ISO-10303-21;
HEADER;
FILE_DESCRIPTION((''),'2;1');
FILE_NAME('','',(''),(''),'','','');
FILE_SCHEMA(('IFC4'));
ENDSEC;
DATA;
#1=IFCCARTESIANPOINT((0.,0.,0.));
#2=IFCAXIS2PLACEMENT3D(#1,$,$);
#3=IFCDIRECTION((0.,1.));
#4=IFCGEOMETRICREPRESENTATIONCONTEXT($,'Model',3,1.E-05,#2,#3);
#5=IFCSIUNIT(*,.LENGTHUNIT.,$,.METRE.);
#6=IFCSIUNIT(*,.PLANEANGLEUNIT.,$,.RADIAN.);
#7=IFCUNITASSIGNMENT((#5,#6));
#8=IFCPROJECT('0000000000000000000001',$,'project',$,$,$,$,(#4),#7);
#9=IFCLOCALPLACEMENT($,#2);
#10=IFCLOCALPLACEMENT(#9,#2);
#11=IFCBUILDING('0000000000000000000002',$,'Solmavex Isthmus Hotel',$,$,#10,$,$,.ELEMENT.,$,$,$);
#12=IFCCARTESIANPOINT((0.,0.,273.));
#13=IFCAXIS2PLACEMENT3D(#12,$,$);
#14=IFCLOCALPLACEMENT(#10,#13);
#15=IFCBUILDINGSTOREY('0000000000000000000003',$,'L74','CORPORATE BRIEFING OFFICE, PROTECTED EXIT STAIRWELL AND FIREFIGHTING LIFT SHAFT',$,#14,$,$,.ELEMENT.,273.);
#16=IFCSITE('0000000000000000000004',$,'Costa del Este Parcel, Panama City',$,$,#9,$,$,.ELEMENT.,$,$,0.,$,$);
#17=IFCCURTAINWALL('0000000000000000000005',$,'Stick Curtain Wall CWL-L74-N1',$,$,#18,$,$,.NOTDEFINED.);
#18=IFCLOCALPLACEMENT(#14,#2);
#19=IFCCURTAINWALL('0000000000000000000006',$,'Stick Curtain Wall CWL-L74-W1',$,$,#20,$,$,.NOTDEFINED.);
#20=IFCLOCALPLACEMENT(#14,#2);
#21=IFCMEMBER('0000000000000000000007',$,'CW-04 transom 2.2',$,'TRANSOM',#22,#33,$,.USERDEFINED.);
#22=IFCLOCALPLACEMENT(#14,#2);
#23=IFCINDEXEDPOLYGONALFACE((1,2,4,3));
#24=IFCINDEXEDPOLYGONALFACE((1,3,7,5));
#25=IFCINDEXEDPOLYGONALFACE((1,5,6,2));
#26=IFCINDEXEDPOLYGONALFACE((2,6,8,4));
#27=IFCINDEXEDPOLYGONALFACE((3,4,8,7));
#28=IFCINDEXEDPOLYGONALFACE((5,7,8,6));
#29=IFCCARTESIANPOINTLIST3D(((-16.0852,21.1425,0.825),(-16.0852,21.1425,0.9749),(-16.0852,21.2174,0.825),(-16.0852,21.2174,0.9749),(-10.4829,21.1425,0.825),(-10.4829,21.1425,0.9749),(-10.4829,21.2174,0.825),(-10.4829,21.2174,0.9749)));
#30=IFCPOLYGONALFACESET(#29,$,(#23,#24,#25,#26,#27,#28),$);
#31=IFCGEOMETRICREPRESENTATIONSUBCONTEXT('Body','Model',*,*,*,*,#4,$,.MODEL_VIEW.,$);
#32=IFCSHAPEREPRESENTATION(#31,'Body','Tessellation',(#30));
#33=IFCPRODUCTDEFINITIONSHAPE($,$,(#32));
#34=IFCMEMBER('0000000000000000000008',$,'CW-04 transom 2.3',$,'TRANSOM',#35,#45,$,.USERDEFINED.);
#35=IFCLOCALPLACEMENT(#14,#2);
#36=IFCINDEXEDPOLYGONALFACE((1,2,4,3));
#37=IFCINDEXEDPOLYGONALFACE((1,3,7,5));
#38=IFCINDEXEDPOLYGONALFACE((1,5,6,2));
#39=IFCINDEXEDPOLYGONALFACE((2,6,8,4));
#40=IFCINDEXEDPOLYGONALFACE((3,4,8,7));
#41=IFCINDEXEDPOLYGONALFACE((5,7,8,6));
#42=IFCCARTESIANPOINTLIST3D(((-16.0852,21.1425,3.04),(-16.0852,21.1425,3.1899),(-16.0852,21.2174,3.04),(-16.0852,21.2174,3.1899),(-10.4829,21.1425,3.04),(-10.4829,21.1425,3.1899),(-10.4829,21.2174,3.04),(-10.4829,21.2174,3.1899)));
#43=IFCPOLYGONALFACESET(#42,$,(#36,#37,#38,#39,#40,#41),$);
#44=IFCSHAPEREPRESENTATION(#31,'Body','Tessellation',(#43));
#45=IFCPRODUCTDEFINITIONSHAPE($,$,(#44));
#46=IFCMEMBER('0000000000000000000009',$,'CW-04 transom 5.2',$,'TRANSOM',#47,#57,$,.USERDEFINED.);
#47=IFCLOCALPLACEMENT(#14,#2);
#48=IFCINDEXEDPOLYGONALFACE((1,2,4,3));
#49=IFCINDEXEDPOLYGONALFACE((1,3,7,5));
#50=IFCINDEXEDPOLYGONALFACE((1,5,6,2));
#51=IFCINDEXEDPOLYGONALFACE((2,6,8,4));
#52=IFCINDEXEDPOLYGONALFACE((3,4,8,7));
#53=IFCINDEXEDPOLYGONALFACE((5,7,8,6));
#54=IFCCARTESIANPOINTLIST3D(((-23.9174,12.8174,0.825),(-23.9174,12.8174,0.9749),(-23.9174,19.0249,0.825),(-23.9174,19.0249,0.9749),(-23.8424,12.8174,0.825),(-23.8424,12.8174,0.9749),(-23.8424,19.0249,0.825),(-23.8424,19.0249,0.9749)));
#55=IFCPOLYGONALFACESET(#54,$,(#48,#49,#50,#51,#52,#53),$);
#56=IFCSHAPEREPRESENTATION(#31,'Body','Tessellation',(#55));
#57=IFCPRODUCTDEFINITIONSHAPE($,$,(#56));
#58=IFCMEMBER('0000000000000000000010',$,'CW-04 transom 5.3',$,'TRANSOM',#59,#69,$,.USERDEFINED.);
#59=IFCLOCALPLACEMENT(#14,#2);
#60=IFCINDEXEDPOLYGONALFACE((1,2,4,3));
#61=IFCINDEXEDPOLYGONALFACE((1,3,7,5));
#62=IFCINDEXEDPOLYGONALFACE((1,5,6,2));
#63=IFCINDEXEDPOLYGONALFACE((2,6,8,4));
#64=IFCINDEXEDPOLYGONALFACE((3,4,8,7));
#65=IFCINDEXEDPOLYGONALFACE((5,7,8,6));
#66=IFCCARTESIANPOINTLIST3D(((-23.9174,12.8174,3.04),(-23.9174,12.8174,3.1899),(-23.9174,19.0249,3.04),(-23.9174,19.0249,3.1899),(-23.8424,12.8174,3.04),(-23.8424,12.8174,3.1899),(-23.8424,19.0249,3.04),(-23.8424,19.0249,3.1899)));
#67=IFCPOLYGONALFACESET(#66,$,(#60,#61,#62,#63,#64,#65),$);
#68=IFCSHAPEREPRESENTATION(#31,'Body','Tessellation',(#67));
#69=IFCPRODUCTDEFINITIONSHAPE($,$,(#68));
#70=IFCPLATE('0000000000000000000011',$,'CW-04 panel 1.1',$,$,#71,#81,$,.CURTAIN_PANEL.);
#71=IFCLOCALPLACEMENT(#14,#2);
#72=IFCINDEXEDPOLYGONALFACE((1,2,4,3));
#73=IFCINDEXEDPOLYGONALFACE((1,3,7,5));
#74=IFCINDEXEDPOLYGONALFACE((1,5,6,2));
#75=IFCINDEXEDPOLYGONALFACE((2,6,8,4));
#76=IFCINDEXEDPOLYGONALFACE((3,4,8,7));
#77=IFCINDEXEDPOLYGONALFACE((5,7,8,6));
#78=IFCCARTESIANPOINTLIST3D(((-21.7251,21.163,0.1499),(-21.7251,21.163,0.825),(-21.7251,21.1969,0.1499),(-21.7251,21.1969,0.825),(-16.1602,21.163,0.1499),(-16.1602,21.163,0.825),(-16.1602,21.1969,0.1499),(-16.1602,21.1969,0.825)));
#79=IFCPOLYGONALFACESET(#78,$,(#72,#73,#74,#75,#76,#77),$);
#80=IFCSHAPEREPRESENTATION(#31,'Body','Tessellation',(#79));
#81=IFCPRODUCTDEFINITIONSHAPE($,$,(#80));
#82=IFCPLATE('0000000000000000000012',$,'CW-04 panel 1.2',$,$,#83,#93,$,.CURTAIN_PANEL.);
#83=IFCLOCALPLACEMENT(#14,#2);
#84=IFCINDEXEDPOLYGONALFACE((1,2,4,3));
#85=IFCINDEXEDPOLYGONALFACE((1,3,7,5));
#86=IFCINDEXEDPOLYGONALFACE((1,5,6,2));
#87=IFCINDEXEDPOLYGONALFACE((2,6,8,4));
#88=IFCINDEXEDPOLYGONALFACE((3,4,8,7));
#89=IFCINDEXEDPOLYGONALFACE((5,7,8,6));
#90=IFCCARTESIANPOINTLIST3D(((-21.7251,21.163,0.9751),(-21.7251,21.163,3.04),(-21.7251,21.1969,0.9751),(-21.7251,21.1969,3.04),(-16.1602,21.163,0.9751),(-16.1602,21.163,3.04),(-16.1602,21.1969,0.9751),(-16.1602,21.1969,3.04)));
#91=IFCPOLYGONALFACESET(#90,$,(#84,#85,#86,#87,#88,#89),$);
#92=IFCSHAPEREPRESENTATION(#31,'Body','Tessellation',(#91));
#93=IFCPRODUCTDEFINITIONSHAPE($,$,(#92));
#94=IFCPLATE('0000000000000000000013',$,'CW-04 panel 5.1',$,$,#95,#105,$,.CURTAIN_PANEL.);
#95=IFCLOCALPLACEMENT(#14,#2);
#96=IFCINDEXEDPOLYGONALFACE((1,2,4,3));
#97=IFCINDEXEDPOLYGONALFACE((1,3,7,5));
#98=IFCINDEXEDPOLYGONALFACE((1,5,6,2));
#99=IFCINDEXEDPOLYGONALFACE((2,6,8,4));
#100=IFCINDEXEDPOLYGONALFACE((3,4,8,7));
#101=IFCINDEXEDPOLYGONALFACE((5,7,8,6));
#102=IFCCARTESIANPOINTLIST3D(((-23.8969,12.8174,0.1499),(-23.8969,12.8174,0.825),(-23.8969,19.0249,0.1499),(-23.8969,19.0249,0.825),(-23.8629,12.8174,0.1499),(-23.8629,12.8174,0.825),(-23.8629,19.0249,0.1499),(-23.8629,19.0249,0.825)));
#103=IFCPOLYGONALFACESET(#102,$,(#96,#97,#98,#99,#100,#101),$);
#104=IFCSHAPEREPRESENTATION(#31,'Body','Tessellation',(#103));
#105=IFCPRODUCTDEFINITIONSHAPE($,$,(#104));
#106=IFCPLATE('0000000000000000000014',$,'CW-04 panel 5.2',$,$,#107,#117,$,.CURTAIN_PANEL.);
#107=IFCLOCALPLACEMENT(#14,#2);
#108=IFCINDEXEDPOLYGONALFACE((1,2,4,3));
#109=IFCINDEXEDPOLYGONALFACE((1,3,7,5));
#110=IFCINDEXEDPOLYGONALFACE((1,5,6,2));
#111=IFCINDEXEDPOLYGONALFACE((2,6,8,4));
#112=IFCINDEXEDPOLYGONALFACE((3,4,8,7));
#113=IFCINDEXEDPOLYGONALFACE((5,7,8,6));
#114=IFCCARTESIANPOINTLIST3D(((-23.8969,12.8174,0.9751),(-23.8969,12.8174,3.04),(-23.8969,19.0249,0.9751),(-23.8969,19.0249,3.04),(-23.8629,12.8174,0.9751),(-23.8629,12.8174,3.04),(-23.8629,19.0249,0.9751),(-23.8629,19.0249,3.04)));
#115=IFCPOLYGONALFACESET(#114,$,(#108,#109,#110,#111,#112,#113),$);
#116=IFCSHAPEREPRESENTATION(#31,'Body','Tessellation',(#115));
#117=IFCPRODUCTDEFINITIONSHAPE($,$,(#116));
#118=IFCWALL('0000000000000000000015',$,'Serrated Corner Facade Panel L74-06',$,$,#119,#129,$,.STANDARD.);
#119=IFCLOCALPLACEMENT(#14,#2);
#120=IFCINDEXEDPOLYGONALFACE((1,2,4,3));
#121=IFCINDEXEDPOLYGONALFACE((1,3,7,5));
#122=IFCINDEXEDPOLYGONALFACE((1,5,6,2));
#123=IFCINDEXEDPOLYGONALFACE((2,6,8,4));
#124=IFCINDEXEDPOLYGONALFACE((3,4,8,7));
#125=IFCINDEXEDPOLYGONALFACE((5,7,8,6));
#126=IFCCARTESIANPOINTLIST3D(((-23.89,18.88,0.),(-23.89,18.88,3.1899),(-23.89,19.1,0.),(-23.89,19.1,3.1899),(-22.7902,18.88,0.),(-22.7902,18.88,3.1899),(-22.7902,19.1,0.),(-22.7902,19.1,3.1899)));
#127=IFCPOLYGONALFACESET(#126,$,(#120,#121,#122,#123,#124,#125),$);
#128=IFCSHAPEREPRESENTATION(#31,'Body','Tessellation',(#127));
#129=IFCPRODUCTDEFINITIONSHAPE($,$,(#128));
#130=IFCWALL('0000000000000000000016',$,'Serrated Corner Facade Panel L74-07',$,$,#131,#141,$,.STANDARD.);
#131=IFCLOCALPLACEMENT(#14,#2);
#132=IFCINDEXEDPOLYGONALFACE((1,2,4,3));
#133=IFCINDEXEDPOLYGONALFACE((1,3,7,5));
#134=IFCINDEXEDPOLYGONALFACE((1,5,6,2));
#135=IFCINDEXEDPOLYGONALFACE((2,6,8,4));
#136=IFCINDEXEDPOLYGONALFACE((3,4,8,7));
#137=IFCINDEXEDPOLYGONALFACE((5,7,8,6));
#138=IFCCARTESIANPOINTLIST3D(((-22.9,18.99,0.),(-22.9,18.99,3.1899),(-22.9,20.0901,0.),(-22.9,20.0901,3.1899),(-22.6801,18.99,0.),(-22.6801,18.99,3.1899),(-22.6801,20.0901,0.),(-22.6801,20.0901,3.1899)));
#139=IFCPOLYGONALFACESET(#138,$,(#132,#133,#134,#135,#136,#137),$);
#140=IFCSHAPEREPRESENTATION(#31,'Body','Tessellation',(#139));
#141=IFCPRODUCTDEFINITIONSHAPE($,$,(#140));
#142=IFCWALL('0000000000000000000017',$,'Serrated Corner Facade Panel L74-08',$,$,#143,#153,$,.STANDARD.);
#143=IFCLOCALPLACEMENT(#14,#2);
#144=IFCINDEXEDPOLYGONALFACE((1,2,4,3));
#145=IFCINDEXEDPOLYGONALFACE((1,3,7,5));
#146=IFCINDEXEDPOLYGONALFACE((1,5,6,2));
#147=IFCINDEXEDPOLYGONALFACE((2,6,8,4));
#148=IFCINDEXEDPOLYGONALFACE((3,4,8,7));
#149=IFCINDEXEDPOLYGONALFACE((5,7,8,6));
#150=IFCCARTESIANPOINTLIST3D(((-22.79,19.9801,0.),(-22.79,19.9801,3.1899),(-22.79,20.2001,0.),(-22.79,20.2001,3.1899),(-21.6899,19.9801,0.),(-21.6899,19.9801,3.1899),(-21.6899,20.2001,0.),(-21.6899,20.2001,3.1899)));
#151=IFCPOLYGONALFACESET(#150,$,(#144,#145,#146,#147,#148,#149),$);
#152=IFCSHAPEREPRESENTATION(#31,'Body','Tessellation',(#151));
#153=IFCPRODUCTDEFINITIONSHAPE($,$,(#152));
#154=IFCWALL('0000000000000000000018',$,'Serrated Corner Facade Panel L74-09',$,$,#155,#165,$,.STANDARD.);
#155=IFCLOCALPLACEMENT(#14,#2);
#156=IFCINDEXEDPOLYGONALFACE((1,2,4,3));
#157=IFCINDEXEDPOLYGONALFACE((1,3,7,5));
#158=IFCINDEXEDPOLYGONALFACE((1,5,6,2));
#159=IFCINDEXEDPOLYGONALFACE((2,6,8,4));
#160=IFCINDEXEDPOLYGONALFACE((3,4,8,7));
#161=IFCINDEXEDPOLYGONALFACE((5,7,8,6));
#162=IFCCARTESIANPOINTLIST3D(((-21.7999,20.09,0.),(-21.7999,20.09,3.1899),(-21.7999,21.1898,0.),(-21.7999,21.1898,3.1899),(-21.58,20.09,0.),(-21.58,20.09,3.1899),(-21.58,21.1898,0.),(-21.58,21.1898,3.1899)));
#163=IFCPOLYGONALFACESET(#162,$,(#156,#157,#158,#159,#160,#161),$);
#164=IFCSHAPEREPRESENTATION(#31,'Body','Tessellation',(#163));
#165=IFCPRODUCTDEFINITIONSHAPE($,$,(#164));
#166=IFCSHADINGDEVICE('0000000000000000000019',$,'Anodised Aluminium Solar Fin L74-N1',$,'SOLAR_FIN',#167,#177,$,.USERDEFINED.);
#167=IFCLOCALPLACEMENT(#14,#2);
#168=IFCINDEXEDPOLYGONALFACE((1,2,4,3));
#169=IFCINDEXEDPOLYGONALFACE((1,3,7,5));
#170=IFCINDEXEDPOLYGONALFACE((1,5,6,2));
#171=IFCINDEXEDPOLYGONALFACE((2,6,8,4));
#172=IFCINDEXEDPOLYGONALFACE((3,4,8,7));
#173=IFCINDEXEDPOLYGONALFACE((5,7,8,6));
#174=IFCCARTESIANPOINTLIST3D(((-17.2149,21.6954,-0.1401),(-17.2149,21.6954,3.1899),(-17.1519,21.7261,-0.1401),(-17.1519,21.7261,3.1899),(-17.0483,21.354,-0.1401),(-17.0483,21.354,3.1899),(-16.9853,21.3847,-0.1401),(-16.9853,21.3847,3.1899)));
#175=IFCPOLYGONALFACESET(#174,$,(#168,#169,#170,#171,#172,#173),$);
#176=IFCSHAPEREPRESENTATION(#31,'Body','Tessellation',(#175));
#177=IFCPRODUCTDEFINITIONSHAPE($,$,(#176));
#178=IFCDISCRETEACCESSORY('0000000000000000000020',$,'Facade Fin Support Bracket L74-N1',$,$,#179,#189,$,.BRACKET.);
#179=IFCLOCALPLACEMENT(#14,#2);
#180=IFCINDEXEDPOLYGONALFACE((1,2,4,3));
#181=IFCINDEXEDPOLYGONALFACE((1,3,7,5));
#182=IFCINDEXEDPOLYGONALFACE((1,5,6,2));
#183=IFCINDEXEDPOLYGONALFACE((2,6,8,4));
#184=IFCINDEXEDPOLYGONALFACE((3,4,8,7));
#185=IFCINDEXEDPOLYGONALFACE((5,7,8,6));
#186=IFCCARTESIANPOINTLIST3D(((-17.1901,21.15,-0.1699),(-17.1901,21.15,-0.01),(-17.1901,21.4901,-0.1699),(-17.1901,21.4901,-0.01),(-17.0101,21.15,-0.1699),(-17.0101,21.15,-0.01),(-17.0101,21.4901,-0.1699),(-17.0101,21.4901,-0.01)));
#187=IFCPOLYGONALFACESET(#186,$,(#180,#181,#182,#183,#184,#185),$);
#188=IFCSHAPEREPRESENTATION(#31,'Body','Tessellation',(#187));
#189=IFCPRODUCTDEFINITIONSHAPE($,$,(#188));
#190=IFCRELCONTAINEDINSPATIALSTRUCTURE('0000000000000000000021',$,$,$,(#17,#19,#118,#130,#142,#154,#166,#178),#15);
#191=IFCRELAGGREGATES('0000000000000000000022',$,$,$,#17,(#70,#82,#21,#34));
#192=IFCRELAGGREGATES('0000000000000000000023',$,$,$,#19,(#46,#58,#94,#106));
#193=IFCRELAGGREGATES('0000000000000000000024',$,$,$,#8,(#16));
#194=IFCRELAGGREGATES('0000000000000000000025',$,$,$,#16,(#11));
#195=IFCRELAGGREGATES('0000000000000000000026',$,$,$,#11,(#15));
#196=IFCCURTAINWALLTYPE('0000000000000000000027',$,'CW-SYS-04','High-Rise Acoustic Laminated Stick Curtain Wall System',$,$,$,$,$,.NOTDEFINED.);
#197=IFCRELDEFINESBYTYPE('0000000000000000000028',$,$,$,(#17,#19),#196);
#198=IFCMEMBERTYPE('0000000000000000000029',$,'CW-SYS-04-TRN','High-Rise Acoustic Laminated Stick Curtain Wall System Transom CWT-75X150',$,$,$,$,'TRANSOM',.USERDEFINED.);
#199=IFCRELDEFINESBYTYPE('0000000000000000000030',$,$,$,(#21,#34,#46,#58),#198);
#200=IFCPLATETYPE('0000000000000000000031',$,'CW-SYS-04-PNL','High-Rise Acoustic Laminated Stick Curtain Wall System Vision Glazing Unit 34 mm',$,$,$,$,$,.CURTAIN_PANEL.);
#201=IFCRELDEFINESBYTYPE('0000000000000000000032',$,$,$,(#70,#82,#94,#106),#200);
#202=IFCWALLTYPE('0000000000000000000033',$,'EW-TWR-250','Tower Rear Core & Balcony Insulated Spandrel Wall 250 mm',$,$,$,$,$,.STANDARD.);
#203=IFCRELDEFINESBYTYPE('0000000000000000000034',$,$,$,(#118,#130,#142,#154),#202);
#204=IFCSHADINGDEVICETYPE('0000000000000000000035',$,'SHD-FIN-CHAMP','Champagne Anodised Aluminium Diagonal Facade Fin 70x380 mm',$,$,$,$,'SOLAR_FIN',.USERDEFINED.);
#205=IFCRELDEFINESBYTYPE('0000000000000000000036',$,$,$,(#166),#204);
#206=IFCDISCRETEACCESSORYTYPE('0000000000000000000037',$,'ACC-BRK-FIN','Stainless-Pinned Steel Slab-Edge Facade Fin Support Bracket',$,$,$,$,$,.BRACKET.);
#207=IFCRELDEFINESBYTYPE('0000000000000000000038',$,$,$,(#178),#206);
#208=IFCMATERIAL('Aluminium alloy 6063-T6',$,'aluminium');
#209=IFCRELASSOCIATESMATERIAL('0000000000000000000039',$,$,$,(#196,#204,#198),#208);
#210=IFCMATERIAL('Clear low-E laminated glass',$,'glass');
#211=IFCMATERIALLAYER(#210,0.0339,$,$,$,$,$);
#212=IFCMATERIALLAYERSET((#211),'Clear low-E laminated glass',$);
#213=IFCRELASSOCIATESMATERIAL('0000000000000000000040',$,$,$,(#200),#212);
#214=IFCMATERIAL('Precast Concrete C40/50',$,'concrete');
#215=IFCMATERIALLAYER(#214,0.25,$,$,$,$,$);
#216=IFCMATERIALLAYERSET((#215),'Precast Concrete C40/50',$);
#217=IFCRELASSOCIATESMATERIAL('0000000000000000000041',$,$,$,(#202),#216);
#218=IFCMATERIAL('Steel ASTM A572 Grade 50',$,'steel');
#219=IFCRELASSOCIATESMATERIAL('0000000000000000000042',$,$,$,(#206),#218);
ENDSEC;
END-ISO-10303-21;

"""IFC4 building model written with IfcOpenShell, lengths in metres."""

from ifc_helpers import new_model, si_unit, direction, frame, frame_2d, origin, origin_2d, place, context, subcontext, project, spatial, rectangle, extrude, material, layer, layer_set, material_profile, profile_set, type_object, element, aggregate, save


model = new_model("IFC4")

# Units and contexts
model_context = context("Model", 3, precision=1e-05, world=origin(), true_north=direction((0.0, 1.0)))
body_context = subcontext(model_context, "Body", "Model", "MODEL_VIEW")
ifc_project = project(units=[si_unit("LENGTHUNIT", "METRE"), si_unit("PLANEANGLEUNIT", "RADIAN")], contexts=[model_context])

# Site, building, storey
site_placement = place(None, origin())
site = spatial("IfcSite", under=ifc_project, at=site_placement, Name="Costa del Este Parcel, Panama City", CompositionType="ELEMENT", RefElevation=0.0)
building_placement = place(site_placement, origin())
building = spatial("IfcBuilding", under=site, at=building_placement, Name="Solmavex Isthmus Hotel", CompositionType="ELEMENT")
storey_placement = place(building_placement, frame((0.0, 0.0, 273.0)))
storey = spatial("IfcBuildingStorey", under=building, at=storey_placement, Name="L74", Description="CORPORATE BRIEFING OFFICE, PROTECTED EXIT STAIRWELL AND FIREFIGHTING LIFT SHAFT", CompositionType="ELEMENT", Elevation=273.0)

# Curtain wall
ifc_material_1 = material(Name="Aluminium alloy 6063-T6", Category="aluminium")
curtain_wall_type = type_object("IfcCurtainWallType", Name="CW-SYS-04", Description="High-Rise Acoustic Laminated Stick Curtain Wall System", PredefinedType="NOTDEFINED", material=ifc_material_1)
curtain_wall_1_placement = place(storey_placement, origin())
curtain_wall_1 = element("IfcCurtainWall", 1, at=curtain_wall_1_placement, inside=storey, type_object=curtain_wall_type, Name="Stick Curtain Wall CWL-L74-N1", PredefinedType="NOTDEFINED")

# Curtain wall
curtain_wall_2_placement = place(storey_placement, origin())
curtain_wall_2 = element("IfcCurtainWall", 2, at=curtain_wall_2_placement, inside=storey, type_object=curtain_wall_type, Name="Stick Curtain Wall CWL-L74-W1", PredefinedType="NOTDEFINED")

# Members
ifc_material_profile_1 = material_profile(ifc_material_1, rectangle(XDim=0.075, YDim=0.1499, at=origin_2d()), Name="CWT-75X150")
ifc_profile_set_1 = profile_set([ifc_material_profile_1], Name="Aluminium alloy 6063-T6")
member_type_1 = type_object("IfcMemberType", Name="CW-SYS-04-TRN", Description="High-Rise Acoustic Laminated Stick Curtain Wall System Transom CWT-75X150", ElementType="TRANSOM", PredefinedType="USERDEFINED", material=ifc_profile_set_1)
member_1_placement = place(storey_placement, frame((-16.0852, 21.1799, 0.8999), z_axis=(1.0, 0.0, 0.0), x_axis=(0.0, 1.0, 0.0)))
member_1 = element("IfcMember", 3, at=member_1_placement, type_object=member_type_1, Name="CW-04 transom 2.2", ObjectType="TRANSOM", PredefinedType="USERDEFINED", context=body_context, shape_type="SweptSolid", body=[
    extrude(rectangle(XDim=0.075, YDim=0.1499, at=origin_2d()), origin(), (0.0, 0.0, 1.0), 5.6023),
])
member_2_placement = place(storey_placement, frame((-16.0852, 21.1799, 3.115), z_axis=(1.0, 0.0, 0.0), x_axis=(0.0, 1.0, 0.0)))
member_2 = element("IfcMember", 4, at=member_2_placement, type_object=member_type_1, Name="CW-04 transom 2.3", ObjectType="TRANSOM", PredefinedType="USERDEFINED", context=body_context, shape_type="SweptSolid", body=[
    extrude(rectangle(XDim=0.075, YDim=0.1499, at=origin_2d()), origin(), (0.0, 0.0, 1.0), 5.6023),
])
member_3_placement = place(storey_placement, frame((-23.8799, 12.8174, 0.8999), z_axis=(0.0, 1.0, 0.0), x_axis=(-1.0, 0.0, 0.0)))
member_3 = element("IfcMember", 5, at=member_3_placement, type_object=member_type_1, Name="CW-04 transom 5.2", ObjectType="TRANSOM", PredefinedType="USERDEFINED", context=body_context, shape_type="SweptSolid", body=[
    extrude(rectangle(XDim=0.075, YDim=0.1499, at=origin_2d()), origin(), (0.0, 0.0, 1.0), 6.2075),
])
member_4_placement = place(storey_placement, frame((-23.8799, 12.8174, 3.115), z_axis=(0.0, 1.0, 0.0), x_axis=(-1.0, 0.0, 0.0)))
member_4 = element("IfcMember", 6, at=member_4_placement, type_object=member_type_1, Name="CW-04 transom 5.3", ObjectType="TRANSOM", PredefinedType="USERDEFINED", context=body_context, shape_type="SweptSolid", body=[
    extrude(rectangle(XDim=0.075, YDim=0.1499, at=origin_2d()), origin(), (0.0, 0.0, 1.0), 6.2075),
])

# Plates
ifc_material_2 = material(Name="Clear low-E laminated glass", Category="glass")
ifc_layer_1 = layer(ifc_material_2, 0.0339)
ifc_layer_set_1 = layer_set([ifc_layer_1], Name="Clear low-E laminated glass")
plate_type = type_object("IfcPlateType", Name="CW-SYS-04-PNL", Description="High-Rise Acoustic Laminated Stick Curtain Wall System Vision Glazing Unit 34 mm", PredefinedType="CURTAIN_PANEL", material=ifc_layer_set_1)
plate_1_placement = place(storey_placement, frame((-18.9426, 21.1799, 0.1499), z_axis=(0.0, 0.0, 1.0), x_axis=(1.0, 0.0, 0.0)))
plate_1 = element("IfcPlate", 7, at=plate_1_placement, type_object=plate_type, Name="CW-04 panel 1.1", PredefinedType="CURTAIN_PANEL", context=body_context, shape_type="SweptSolid", body=[
    extrude(rectangle(XDim=5.5649, YDim=0.0339, at=origin_2d()), origin(), (0.0, 0.0, 1.0), 0.675),
])
plate_2_placement = place(storey_placement, frame((-18.9426, 21.1799, 0.9751), z_axis=(0.0, 0.0, 1.0), x_axis=(1.0, 0.0, 0.0)))
plate_2 = element("IfcPlate", 8, at=plate_2_placement, type_object=plate_type, Name="CW-04 panel 1.2", PredefinedType="CURTAIN_PANEL", context=body_context, shape_type="SweptSolid", body=[
    extrude(rectangle(XDim=5.5649, YDim=0.0339, at=origin_2d()), origin(), (0.0, 0.0, 1.0), 2.0649),
])
aggregate(curtain_wall_1, [plate_1, plate_2, member_1, member_2])
plate_3_placement = place(storey_placement, frame((-23.8799, 15.9211, 0.1499), z_axis=(0.0, 0.0, 1.0), x_axis=(0.0, 1.0, 0.0)))
plate_3 = element("IfcPlate", 9, at=plate_3_placement, type_object=plate_type, Name="CW-04 panel 5.1", PredefinedType="CURTAIN_PANEL", context=body_context, shape_type="SweptSolid", body=[
    extrude(rectangle(XDim=6.2075, YDim=0.0339, at=origin_2d()), origin(), (0.0, 0.0, 1.0), 0.675),
])
plate_4_placement = place(storey_placement, frame((-23.8799, 15.9211, 0.9751), z_axis=(0.0, 0.0, 1.0), x_axis=(0.0, 1.0, 0.0)))
plate_4 = element("IfcPlate", 10, at=plate_4_placement, type_object=plate_type, Name="CW-04 panel 5.2", PredefinedType="CURTAIN_PANEL", context=body_context, shape_type="SweptSolid", body=[
    extrude(rectangle(XDim=6.2075, YDim=0.0339, at=origin_2d()), origin(), (0.0, 0.0, 1.0), 2.0649),
])
aggregate(curtain_wall_2, [member_3, member_4, plate_3, plate_4])

# Walls
ifc_material_3 = material(Name="Precast Concrete C40/50", Category="concrete")
ifc_layer_2 = layer(ifc_material_3, 0.25)
ifc_layer_set_2 = layer_set([ifc_layer_2], Name="Precast Concrete C40/50")
wall_type = type_object("IfcWallType", Name="EW-TWR-250", Description="Tower Rear Core & Balcony Insulated Spandrel Wall 250 mm", PredefinedType="STANDARD", material=ifc_layer_set_2)
wall_1_placement = place(storey_placement, frame((-23.8899, 18.99, 0.0), z_axis=(0.0, 0.0, 1.0), x_axis=(1.0, 0.0, 0.0)))
element("IfcWall", 11, at=wall_1_placement, inside=storey, type_object=wall_type, Name="Serrated Corner Facade Panel L74-06", PredefinedType="STANDARD", context=body_context, shape_type="SweptSolid", body=[
    extrude(rectangle(XDim=1.0999, YDim=0.22, at=frame_2d((0.5498, 0.0))), origin(), (0.0, 0.0, 1.0), 3.1899),
])
for number, where, z_axis, x_axis, name in (
    (12, (-22.79, 18.99, 0.0), (0.0, 0.0, 1.0), (0.0, 1.0, 0.0), "Serrated Corner Facade Panel L74-07"),
    (13, (-22.79, 20.0901, 0.0), (0.0, 0.0, 1.0), (1.0, 0.0, 0.0), "Serrated Corner Facade Panel L74-08"),
):
    element("IfcWall", number, at=place(storey_placement, frame(where, z_axis=z_axis, x_axis=x_axis)), inside=storey, type_object=wall_type, Name=name, PredefinedType="STANDARD", context=body_context, shape_type="SweptSolid", body=[
        extrude(rectangle(XDim=1.1001, YDim=0.22, at=frame_2d((0.55, 0.0))), origin(), (0.0, 0.0, 1.0), 3.1899),
    ])
wall_2_placement = place(storey_placement, frame((-21.6899, 20.0901, 0.0), z_axis=(0.0, 0.0, 1.0), x_axis=(0.0, 1.0, 0.0)))
element("IfcWall", 14, at=wall_2_placement, inside=storey, type_object=wall_type, Name="Serrated Corner Facade Panel L74-09", PredefinedType="STANDARD", context=body_context, shape_type="SweptSolid", body=[
    extrude(rectangle(XDim=1.0999, YDim=0.22, at=frame_2d((0.5498, 0.0))), origin(), (0.0, 0.0, 1.0), 3.1899),
])

# Shading device
shading_device_type = type_object("IfcShadingDeviceType", Name="SHD-FIN-CHAMP", Description="Champagne Anodised Aluminium Diagonal Facade Fin 70x380 mm", ElementType="SOLAR_FIN", PredefinedType="USERDEFINED", material=ifc_material_1)
shading_device_placement = place(storey_placement, frame((-17.1001, 21.54, -0.1401), z_axis=(0.0, 0.0, 1.0), x_axis=(-0.438371, 0.898794, 0.0)))
element("IfcShadingDevice", 15, at=shading_device_placement, inside=storey, type_object=shading_device_type, Name="Anodised Aluminium Solar Fin L74-N1", ObjectType="SOLAR_FIN", PredefinedType="USERDEFINED", context=body_context, shape_type="SweptSolid", body=[
    extrude(rectangle(XDim=0.3799, YDim=0.0701, at=origin_2d()), origin(), (0.0, 0.0, 1.0), 3.3301),
])

# Discrete accessory
ifc_material_4 = material(Name="Steel ASTM A572 Grade 50", Category="steel")
discrete_accessory_type = type_object("IfcDiscreteAccessoryType", Name="ACC-BRK-FIN", Description="Stainless-Pinned Steel Slab-Edge Facade Fin Support Bracket", PredefinedType="BRACKET", material=ifc_material_4)
discrete_accessory_placement = place(storey_placement, frame((-17.1001, 21.3201, -0.1699), z_axis=(0.0, 0.0, 1.0), x_axis=(0.0, 1.0, 0.0)))
element("IfcDiscreteAccessory", 16, at=discrete_accessory_placement, inside=storey, type_object=discrete_accessory_type, Name="Facade Fin Support Bracket L74-N1", PredefinedType="BRACKET", context=body_context, shape_type="SweptSolid", body=[
    extrude(rectangle(XDim=0.3401, YDim=0.1799, at=origin_2d()), origin(), (0.0, 0.0, 1.0), 0.1599),
])

save(model, "model.ifc")
